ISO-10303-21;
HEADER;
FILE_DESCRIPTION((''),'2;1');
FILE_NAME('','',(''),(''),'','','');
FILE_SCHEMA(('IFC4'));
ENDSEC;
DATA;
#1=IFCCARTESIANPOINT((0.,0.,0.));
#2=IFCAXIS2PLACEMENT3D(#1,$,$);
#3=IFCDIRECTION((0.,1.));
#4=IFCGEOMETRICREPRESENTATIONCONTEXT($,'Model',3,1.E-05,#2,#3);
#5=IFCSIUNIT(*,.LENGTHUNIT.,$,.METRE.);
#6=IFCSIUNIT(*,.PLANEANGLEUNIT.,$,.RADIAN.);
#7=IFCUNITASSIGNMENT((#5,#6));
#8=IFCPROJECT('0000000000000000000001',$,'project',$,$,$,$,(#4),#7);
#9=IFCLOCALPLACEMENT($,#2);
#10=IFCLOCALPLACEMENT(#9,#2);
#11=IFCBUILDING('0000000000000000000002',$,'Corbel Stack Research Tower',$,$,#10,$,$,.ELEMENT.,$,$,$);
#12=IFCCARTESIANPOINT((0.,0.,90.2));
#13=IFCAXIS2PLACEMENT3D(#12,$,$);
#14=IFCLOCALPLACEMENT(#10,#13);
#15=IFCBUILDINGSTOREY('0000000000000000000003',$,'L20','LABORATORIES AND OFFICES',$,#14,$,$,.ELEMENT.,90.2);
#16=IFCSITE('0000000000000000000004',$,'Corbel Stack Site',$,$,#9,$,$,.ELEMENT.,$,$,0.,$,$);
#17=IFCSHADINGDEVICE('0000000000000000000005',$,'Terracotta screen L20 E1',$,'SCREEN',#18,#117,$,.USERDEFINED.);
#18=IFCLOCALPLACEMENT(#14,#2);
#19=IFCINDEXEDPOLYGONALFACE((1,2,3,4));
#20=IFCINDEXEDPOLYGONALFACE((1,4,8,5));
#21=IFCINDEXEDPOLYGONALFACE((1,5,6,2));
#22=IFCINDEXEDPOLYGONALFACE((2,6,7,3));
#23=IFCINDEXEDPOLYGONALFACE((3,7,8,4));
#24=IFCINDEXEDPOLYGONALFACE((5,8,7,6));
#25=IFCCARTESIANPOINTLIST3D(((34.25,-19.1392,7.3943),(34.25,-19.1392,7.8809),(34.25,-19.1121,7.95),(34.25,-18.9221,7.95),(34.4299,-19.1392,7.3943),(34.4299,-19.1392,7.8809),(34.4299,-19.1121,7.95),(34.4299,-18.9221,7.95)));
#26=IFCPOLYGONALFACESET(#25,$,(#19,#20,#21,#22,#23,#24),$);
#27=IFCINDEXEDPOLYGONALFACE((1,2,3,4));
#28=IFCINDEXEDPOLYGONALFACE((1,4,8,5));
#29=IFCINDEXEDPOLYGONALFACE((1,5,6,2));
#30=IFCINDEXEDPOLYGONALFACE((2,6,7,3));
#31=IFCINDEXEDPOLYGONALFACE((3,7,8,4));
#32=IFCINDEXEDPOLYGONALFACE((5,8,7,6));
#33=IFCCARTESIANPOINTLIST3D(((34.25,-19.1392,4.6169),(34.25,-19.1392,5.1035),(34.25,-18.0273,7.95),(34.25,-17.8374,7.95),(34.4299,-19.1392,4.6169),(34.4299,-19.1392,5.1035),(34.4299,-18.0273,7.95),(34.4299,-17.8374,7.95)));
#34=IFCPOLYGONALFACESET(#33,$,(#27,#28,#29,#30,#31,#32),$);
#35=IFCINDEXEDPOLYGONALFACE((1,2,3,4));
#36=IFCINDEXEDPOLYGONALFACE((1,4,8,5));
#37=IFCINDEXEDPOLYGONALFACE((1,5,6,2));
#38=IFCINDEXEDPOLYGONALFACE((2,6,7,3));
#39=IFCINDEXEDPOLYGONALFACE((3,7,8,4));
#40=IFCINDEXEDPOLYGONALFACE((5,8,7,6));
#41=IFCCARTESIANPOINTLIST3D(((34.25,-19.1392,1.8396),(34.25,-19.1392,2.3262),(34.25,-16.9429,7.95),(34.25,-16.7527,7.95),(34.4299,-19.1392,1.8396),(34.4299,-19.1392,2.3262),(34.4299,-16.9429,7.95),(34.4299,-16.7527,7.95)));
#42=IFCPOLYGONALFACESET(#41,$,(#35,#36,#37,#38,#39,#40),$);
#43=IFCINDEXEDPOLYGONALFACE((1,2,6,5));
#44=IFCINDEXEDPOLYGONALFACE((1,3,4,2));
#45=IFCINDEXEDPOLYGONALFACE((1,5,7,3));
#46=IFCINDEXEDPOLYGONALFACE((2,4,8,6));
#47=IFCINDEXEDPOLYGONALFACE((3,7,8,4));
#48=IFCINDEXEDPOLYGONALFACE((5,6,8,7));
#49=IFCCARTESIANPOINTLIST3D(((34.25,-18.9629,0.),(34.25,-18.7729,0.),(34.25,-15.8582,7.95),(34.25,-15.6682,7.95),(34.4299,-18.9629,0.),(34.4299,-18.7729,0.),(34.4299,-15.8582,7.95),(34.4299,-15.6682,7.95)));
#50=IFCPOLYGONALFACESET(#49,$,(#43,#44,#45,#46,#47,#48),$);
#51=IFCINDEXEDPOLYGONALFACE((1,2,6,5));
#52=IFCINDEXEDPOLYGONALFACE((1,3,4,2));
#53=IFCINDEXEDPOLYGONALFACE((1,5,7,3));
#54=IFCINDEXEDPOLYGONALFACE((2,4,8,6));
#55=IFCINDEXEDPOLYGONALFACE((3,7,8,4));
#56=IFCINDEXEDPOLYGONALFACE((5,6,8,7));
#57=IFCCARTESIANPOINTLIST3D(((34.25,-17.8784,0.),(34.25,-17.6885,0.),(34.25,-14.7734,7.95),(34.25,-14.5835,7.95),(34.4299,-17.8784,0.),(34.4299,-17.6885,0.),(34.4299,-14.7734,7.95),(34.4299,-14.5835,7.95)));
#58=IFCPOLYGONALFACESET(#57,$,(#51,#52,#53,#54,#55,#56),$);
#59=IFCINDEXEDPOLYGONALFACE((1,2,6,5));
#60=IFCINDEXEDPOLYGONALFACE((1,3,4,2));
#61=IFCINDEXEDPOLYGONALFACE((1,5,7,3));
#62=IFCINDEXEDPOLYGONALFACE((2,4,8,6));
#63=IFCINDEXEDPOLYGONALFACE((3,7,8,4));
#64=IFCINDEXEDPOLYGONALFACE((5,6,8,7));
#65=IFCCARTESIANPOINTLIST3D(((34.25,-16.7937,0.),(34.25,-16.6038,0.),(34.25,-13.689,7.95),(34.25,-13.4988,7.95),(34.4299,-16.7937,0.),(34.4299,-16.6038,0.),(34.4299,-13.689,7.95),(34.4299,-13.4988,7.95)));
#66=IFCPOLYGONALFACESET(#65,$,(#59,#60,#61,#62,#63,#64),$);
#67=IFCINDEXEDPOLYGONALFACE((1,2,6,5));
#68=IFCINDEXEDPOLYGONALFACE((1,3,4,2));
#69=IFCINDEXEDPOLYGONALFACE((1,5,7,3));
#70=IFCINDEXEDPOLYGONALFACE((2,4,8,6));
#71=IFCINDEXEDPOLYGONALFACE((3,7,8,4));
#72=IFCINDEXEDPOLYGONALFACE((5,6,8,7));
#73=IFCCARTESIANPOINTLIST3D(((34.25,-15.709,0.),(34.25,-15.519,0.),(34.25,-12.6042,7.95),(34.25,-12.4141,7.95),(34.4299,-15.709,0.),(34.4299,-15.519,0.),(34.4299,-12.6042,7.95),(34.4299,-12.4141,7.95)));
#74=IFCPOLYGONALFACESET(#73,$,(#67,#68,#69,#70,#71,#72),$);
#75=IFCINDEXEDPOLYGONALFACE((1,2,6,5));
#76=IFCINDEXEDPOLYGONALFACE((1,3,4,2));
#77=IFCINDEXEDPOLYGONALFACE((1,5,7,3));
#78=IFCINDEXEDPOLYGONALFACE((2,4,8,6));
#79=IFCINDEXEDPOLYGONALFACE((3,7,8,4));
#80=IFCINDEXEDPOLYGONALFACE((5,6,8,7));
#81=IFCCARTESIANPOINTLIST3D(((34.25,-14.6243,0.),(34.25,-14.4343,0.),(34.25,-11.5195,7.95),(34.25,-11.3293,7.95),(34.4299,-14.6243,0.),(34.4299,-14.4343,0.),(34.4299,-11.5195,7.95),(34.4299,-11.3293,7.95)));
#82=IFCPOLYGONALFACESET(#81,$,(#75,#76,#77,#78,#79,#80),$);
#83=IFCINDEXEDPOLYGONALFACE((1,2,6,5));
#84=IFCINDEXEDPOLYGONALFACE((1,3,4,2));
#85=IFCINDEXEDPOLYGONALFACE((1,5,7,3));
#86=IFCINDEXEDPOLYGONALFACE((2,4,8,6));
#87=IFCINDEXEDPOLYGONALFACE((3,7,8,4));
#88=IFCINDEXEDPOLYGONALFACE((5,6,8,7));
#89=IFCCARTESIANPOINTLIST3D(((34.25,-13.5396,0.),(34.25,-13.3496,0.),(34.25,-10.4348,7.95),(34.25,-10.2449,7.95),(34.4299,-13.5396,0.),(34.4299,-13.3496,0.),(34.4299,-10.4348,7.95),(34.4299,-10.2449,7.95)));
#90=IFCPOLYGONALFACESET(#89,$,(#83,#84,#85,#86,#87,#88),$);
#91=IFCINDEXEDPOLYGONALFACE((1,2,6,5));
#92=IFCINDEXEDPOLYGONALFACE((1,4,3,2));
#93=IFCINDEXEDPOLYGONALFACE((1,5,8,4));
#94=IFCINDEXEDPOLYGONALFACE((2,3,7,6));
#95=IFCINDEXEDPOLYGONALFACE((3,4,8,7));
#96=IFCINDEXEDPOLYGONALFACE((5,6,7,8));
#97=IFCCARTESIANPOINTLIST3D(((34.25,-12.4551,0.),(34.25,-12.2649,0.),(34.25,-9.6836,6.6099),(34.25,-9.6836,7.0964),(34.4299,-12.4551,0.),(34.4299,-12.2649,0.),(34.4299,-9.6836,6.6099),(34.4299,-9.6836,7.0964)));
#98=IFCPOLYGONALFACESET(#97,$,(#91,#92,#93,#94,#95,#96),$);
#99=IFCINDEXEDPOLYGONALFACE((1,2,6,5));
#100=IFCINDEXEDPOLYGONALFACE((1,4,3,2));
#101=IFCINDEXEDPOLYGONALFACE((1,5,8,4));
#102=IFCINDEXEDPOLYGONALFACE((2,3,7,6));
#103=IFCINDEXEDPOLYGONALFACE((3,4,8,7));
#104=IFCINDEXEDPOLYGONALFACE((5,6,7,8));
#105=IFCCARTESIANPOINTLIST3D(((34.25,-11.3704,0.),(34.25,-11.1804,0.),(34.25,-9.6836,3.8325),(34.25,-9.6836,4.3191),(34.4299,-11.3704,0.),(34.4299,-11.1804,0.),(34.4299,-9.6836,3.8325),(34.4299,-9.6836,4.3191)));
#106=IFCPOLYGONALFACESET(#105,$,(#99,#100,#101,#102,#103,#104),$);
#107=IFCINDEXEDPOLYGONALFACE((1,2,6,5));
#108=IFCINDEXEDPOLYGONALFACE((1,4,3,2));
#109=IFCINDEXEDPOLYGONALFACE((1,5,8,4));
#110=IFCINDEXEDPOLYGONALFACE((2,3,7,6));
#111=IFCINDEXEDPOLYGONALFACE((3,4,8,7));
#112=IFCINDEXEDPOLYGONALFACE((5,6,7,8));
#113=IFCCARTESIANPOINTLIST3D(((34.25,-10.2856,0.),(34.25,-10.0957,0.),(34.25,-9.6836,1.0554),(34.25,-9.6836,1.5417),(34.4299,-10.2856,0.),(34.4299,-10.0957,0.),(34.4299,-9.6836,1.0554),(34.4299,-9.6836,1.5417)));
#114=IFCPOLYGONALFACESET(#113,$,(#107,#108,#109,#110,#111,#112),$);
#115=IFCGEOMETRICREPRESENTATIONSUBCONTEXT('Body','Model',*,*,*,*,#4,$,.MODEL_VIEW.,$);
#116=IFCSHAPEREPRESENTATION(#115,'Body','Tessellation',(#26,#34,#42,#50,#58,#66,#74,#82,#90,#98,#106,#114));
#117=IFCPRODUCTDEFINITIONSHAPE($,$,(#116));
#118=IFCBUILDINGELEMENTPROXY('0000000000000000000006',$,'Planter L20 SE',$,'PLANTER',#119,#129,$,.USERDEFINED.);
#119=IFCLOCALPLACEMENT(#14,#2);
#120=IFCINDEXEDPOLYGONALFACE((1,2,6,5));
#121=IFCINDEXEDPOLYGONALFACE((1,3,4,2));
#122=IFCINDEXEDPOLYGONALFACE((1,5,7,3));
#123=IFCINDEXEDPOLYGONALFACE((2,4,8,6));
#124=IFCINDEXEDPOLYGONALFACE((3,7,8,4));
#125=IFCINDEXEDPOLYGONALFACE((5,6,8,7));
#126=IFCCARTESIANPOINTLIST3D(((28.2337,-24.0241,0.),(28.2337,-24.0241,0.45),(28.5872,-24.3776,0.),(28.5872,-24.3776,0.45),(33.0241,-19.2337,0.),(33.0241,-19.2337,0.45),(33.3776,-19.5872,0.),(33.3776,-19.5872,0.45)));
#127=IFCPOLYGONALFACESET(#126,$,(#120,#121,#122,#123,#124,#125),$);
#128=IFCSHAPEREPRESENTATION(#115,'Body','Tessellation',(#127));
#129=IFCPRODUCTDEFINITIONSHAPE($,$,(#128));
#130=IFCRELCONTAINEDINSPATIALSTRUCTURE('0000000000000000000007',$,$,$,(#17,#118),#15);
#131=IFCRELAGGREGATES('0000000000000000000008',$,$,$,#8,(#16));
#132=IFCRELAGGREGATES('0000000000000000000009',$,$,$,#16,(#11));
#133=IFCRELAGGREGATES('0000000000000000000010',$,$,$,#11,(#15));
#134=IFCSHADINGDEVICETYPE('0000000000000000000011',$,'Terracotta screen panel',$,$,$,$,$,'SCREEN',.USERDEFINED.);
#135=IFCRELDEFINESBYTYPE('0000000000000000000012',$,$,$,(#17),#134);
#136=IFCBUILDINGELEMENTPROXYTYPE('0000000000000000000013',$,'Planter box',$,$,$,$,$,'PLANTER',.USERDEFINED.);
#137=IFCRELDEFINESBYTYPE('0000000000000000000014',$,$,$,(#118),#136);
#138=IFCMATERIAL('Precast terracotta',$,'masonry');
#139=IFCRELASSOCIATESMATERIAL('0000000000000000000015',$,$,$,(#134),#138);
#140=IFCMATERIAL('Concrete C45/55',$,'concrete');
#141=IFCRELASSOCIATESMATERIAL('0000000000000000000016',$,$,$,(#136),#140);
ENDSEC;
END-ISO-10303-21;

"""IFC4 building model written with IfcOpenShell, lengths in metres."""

from ifc_helpers import new_model, si_unit, direction, frame, origin, origin_2d, place, context, subcontext, project, spatial, polyline, rectangle, outline, extrude, source, transform, mapped, material, type_object, element, save


model = new_model("IFC4")

# Units and contexts
model_context = context("Model", 3, precision=1e-05, world=origin(), true_north=direction((0.0, 1.0)))
body_context = subcontext(model_context, "Body", "Model", "MODEL_VIEW")
ifc_project = project(units=[si_unit("LENGTHUNIT", "METRE"), si_unit("PLANEANGLEUNIT", "RADIAN")], contexts=[model_context])

# Site, building, storey
site_placement = place(None, origin())
site = spatial("IfcSite", under=ifc_project, at=site_placement, Name="Corbel Stack Site", CompositionType="ELEMENT", RefElevation=0.0)
building_placement = place(site_placement, origin())
building = spatial("IfcBuilding", under=site, at=building_placement, Name="Corbel Stack Research Tower", CompositionType="ELEMENT")
storey_placement = place(building_placement, frame((0.0, 0.0, 90.2)))
storey = spatial("IfcBuildingStorey", under=building, at=storey_placement, Name="L20", Description="LABORATORIES AND OFFICES", CompositionType="ELEMENT", Elevation=90.2)

# Shading device
ifc_material_1 = material(Name="Precast terracotta", Category="masonry")
shading_device_type = type_object("IfcShadingDeviceType", Name="Terracotta screen panel", ElementType="SCREEN", PredefinedType="USERDEFINED", material=ifc_material_1)
shared_shape_1 = source(origin(), body_context, "Body", "SweptSolid", [
    extrude(outline(polyline([(0.217, 7.95), (0.0271, 7.95), (0.0, 7.8809), (0.0, 7.3943), (0.217, 7.95)])), frame((0.0, 0.0, 0.0), z_axis=(0.0, -1.0, 0.0), x_axis=(1.0, 0.0, 0.0)), (0.0, 0.0, 1.0), 0.1799),
    extrude(outline(polyline([(1.3018, 7.95), (1.1118, 7.95), (0.0, 5.1035), (0.0, 4.6169), (1.3018, 7.95)])), frame((0.0, 0.0, 0.0), z_axis=(0.0, -1.0, 0.0), x_axis=(1.0, 0.0, 0.0)), (0.0, 0.0, 1.0), 0.1799),
    extrude(outline(polyline([(2.3865, 7.95), (2.1963, 7.95), (0.0, 2.3262), (0.0, 1.8396), (2.3865, 7.95)])), frame((0.0, 0.0, 0.0), z_axis=(0.0, -1.0, 0.0), x_axis=(1.0, 0.0, 0.0)), (0.0, 0.0, 1.0), 0.1799),
    extrude(outline(polyline([(0.3662, 0.0), (3.4709, 7.95), (3.281, 7.95), (0.1763, 0.0), (0.3662, 0.0)])), frame((0.0, 0.0, 0.0), z_axis=(0.0, -1.0, 0.0), x_axis=(1.0, 0.0, 0.0)), (0.0, 0.0, 1.0), 0.1799),
    extrude(outline(polyline([(1.4507, 0.0), (4.5557, 7.95), (4.3657, 7.95), (1.2607, 0.0), (1.4507, 0.0)])), frame((0.0, 0.0, 0.0), z_axis=(0.0, -1.0, 0.0), x_axis=(1.0, 0.0, 0.0)), (0.0, 0.0, 1.0), 0.1799),
    extrude(outline(polyline([(2.5354, 0.0), (5.6404, 7.95), (5.4502, 7.95), (2.3455, 0.0), (2.5354, 0.0)])), frame((0.0, 0.0, 0.0), z_axis=(0.0, -1.0, 0.0), x_axis=(1.0, 0.0, 0.0)), (0.0, 0.0, 1.0), 0.1799),
    extrude(outline(polyline([(3.6201, 0.0), (6.7251, 7.95), (6.5349, 7.95), (3.4302, 0.0), (3.6201, 0.0)])), frame((0.0, 0.0, 0.0), z_axis=(0.0, -1.0, 0.0), x_axis=(1.0, 0.0, 0.0)), (0.0, 0.0, 1.0), 0.1799),
    extrude(outline(polyline([(4.7048, 0.0), (7.8098, 7.95), (7.6196, 7.95), (4.5149, 0.0), (4.7048, 0.0)])), frame((0.0, 0.0, 0.0), z_axis=(0.0, -1.0, 0.0), x_axis=(1.0, 0.0, 0.0)), (0.0, 0.0, 1.0), 0.1799),
    extrude(outline(polyline([(5.7896, 0.0), (8.8943, 7.95), (8.7043, 7.95), (5.5996, 0.0), (5.7896, 0.0)])), frame((0.0, 0.0, 0.0), z_axis=(0.0, -1.0, 0.0), x_axis=(1.0, 0.0, 0.0)), (0.0, 0.0, 1.0), 0.1799),
    extrude(outline(polyline([(6.8743, 0.0), (9.4556, 6.6099), (9.4556, 7.0964), (6.6841, 0.0), (6.8743, 0.0)])), frame((0.0, 0.0, 0.0), z_axis=(0.0, -1.0, 0.0), x_axis=(1.0, 0.0, 0.0)), (0.0, 0.0, 1.0), 0.1799),
    extrude(outline(polyline([(7.9587, 0.0), (9.4556, 3.8325), (9.4556, 4.3191), (7.7688, 0.0), (7.9587, 0.0)])), frame((0.0, 0.0, 0.0), z_axis=(0.0, -1.0, 0.0), x_axis=(1.0, 0.0, 0.0)), (0.0, 0.0, 1.0), 0.1799),
    extrude(outline(polyline([(9.0435, 0.0), (9.4556, 1.0554), (9.4556, 1.5417), (8.8535, 0.0), (9.0435, 0.0)])), frame((0.0, 0.0, 0.0), z_axis=(0.0, -1.0, 0.0), x_axis=(1.0, 0.0, 0.0)), (0.0, 0.0, 1.0), 0.1799),
])
shading_device_1_placement = place(storey_placement, frame((34.25, -19.1392, 0.0), z_axis=(0.0, 0.0, 1.0), x_axis=(0.0, 1.0, 0.0)))
element("IfcShadingDevice", 1, at=shading_device_1_placement, inside=storey, type_object=shading_device_type, Name="Terracotta screen L20 E1", ObjectType="SCREEN", PredefinedType="USERDEFINED", context=body_context, shape_type="MappedRepresentation", body=[
    mapped(shared_shape_1, transform((0.0, 0.0, 0.0))),
])

# Building element proxy
ifc_material_2 = material(Name="Concrete C45/55", Category="concrete")
building_element_proxy_type = type_object("IfcBuildingElementProxyType", Name="Planter box", ElementType="PLANTER", PredefinedType="USERDEFINED", material=ifc_material_2)
proxy_placement = place(storey_placement, frame((30.8057, -21.8057, 0.0), z_axis=(0.0, 0.0, 1.0), x_axis=(0.707107, 0.707107, 0.0)))
element("IfcBuildingElementProxy", 2, at=proxy_placement, inside=storey, type_object=building_element_proxy_type, Name="Planter L20 SE", ObjectType="PLANTER", PredefinedType="USERDEFINED", context=body_context, shape_type="SweptSolid", body=[
    extrude(rectangle(XDim=6.7747, YDim=0.5, at=origin_2d()), origin(), (0.0, 0.0, 1.0), 0.45),
])

save(model, "model.ifc")
